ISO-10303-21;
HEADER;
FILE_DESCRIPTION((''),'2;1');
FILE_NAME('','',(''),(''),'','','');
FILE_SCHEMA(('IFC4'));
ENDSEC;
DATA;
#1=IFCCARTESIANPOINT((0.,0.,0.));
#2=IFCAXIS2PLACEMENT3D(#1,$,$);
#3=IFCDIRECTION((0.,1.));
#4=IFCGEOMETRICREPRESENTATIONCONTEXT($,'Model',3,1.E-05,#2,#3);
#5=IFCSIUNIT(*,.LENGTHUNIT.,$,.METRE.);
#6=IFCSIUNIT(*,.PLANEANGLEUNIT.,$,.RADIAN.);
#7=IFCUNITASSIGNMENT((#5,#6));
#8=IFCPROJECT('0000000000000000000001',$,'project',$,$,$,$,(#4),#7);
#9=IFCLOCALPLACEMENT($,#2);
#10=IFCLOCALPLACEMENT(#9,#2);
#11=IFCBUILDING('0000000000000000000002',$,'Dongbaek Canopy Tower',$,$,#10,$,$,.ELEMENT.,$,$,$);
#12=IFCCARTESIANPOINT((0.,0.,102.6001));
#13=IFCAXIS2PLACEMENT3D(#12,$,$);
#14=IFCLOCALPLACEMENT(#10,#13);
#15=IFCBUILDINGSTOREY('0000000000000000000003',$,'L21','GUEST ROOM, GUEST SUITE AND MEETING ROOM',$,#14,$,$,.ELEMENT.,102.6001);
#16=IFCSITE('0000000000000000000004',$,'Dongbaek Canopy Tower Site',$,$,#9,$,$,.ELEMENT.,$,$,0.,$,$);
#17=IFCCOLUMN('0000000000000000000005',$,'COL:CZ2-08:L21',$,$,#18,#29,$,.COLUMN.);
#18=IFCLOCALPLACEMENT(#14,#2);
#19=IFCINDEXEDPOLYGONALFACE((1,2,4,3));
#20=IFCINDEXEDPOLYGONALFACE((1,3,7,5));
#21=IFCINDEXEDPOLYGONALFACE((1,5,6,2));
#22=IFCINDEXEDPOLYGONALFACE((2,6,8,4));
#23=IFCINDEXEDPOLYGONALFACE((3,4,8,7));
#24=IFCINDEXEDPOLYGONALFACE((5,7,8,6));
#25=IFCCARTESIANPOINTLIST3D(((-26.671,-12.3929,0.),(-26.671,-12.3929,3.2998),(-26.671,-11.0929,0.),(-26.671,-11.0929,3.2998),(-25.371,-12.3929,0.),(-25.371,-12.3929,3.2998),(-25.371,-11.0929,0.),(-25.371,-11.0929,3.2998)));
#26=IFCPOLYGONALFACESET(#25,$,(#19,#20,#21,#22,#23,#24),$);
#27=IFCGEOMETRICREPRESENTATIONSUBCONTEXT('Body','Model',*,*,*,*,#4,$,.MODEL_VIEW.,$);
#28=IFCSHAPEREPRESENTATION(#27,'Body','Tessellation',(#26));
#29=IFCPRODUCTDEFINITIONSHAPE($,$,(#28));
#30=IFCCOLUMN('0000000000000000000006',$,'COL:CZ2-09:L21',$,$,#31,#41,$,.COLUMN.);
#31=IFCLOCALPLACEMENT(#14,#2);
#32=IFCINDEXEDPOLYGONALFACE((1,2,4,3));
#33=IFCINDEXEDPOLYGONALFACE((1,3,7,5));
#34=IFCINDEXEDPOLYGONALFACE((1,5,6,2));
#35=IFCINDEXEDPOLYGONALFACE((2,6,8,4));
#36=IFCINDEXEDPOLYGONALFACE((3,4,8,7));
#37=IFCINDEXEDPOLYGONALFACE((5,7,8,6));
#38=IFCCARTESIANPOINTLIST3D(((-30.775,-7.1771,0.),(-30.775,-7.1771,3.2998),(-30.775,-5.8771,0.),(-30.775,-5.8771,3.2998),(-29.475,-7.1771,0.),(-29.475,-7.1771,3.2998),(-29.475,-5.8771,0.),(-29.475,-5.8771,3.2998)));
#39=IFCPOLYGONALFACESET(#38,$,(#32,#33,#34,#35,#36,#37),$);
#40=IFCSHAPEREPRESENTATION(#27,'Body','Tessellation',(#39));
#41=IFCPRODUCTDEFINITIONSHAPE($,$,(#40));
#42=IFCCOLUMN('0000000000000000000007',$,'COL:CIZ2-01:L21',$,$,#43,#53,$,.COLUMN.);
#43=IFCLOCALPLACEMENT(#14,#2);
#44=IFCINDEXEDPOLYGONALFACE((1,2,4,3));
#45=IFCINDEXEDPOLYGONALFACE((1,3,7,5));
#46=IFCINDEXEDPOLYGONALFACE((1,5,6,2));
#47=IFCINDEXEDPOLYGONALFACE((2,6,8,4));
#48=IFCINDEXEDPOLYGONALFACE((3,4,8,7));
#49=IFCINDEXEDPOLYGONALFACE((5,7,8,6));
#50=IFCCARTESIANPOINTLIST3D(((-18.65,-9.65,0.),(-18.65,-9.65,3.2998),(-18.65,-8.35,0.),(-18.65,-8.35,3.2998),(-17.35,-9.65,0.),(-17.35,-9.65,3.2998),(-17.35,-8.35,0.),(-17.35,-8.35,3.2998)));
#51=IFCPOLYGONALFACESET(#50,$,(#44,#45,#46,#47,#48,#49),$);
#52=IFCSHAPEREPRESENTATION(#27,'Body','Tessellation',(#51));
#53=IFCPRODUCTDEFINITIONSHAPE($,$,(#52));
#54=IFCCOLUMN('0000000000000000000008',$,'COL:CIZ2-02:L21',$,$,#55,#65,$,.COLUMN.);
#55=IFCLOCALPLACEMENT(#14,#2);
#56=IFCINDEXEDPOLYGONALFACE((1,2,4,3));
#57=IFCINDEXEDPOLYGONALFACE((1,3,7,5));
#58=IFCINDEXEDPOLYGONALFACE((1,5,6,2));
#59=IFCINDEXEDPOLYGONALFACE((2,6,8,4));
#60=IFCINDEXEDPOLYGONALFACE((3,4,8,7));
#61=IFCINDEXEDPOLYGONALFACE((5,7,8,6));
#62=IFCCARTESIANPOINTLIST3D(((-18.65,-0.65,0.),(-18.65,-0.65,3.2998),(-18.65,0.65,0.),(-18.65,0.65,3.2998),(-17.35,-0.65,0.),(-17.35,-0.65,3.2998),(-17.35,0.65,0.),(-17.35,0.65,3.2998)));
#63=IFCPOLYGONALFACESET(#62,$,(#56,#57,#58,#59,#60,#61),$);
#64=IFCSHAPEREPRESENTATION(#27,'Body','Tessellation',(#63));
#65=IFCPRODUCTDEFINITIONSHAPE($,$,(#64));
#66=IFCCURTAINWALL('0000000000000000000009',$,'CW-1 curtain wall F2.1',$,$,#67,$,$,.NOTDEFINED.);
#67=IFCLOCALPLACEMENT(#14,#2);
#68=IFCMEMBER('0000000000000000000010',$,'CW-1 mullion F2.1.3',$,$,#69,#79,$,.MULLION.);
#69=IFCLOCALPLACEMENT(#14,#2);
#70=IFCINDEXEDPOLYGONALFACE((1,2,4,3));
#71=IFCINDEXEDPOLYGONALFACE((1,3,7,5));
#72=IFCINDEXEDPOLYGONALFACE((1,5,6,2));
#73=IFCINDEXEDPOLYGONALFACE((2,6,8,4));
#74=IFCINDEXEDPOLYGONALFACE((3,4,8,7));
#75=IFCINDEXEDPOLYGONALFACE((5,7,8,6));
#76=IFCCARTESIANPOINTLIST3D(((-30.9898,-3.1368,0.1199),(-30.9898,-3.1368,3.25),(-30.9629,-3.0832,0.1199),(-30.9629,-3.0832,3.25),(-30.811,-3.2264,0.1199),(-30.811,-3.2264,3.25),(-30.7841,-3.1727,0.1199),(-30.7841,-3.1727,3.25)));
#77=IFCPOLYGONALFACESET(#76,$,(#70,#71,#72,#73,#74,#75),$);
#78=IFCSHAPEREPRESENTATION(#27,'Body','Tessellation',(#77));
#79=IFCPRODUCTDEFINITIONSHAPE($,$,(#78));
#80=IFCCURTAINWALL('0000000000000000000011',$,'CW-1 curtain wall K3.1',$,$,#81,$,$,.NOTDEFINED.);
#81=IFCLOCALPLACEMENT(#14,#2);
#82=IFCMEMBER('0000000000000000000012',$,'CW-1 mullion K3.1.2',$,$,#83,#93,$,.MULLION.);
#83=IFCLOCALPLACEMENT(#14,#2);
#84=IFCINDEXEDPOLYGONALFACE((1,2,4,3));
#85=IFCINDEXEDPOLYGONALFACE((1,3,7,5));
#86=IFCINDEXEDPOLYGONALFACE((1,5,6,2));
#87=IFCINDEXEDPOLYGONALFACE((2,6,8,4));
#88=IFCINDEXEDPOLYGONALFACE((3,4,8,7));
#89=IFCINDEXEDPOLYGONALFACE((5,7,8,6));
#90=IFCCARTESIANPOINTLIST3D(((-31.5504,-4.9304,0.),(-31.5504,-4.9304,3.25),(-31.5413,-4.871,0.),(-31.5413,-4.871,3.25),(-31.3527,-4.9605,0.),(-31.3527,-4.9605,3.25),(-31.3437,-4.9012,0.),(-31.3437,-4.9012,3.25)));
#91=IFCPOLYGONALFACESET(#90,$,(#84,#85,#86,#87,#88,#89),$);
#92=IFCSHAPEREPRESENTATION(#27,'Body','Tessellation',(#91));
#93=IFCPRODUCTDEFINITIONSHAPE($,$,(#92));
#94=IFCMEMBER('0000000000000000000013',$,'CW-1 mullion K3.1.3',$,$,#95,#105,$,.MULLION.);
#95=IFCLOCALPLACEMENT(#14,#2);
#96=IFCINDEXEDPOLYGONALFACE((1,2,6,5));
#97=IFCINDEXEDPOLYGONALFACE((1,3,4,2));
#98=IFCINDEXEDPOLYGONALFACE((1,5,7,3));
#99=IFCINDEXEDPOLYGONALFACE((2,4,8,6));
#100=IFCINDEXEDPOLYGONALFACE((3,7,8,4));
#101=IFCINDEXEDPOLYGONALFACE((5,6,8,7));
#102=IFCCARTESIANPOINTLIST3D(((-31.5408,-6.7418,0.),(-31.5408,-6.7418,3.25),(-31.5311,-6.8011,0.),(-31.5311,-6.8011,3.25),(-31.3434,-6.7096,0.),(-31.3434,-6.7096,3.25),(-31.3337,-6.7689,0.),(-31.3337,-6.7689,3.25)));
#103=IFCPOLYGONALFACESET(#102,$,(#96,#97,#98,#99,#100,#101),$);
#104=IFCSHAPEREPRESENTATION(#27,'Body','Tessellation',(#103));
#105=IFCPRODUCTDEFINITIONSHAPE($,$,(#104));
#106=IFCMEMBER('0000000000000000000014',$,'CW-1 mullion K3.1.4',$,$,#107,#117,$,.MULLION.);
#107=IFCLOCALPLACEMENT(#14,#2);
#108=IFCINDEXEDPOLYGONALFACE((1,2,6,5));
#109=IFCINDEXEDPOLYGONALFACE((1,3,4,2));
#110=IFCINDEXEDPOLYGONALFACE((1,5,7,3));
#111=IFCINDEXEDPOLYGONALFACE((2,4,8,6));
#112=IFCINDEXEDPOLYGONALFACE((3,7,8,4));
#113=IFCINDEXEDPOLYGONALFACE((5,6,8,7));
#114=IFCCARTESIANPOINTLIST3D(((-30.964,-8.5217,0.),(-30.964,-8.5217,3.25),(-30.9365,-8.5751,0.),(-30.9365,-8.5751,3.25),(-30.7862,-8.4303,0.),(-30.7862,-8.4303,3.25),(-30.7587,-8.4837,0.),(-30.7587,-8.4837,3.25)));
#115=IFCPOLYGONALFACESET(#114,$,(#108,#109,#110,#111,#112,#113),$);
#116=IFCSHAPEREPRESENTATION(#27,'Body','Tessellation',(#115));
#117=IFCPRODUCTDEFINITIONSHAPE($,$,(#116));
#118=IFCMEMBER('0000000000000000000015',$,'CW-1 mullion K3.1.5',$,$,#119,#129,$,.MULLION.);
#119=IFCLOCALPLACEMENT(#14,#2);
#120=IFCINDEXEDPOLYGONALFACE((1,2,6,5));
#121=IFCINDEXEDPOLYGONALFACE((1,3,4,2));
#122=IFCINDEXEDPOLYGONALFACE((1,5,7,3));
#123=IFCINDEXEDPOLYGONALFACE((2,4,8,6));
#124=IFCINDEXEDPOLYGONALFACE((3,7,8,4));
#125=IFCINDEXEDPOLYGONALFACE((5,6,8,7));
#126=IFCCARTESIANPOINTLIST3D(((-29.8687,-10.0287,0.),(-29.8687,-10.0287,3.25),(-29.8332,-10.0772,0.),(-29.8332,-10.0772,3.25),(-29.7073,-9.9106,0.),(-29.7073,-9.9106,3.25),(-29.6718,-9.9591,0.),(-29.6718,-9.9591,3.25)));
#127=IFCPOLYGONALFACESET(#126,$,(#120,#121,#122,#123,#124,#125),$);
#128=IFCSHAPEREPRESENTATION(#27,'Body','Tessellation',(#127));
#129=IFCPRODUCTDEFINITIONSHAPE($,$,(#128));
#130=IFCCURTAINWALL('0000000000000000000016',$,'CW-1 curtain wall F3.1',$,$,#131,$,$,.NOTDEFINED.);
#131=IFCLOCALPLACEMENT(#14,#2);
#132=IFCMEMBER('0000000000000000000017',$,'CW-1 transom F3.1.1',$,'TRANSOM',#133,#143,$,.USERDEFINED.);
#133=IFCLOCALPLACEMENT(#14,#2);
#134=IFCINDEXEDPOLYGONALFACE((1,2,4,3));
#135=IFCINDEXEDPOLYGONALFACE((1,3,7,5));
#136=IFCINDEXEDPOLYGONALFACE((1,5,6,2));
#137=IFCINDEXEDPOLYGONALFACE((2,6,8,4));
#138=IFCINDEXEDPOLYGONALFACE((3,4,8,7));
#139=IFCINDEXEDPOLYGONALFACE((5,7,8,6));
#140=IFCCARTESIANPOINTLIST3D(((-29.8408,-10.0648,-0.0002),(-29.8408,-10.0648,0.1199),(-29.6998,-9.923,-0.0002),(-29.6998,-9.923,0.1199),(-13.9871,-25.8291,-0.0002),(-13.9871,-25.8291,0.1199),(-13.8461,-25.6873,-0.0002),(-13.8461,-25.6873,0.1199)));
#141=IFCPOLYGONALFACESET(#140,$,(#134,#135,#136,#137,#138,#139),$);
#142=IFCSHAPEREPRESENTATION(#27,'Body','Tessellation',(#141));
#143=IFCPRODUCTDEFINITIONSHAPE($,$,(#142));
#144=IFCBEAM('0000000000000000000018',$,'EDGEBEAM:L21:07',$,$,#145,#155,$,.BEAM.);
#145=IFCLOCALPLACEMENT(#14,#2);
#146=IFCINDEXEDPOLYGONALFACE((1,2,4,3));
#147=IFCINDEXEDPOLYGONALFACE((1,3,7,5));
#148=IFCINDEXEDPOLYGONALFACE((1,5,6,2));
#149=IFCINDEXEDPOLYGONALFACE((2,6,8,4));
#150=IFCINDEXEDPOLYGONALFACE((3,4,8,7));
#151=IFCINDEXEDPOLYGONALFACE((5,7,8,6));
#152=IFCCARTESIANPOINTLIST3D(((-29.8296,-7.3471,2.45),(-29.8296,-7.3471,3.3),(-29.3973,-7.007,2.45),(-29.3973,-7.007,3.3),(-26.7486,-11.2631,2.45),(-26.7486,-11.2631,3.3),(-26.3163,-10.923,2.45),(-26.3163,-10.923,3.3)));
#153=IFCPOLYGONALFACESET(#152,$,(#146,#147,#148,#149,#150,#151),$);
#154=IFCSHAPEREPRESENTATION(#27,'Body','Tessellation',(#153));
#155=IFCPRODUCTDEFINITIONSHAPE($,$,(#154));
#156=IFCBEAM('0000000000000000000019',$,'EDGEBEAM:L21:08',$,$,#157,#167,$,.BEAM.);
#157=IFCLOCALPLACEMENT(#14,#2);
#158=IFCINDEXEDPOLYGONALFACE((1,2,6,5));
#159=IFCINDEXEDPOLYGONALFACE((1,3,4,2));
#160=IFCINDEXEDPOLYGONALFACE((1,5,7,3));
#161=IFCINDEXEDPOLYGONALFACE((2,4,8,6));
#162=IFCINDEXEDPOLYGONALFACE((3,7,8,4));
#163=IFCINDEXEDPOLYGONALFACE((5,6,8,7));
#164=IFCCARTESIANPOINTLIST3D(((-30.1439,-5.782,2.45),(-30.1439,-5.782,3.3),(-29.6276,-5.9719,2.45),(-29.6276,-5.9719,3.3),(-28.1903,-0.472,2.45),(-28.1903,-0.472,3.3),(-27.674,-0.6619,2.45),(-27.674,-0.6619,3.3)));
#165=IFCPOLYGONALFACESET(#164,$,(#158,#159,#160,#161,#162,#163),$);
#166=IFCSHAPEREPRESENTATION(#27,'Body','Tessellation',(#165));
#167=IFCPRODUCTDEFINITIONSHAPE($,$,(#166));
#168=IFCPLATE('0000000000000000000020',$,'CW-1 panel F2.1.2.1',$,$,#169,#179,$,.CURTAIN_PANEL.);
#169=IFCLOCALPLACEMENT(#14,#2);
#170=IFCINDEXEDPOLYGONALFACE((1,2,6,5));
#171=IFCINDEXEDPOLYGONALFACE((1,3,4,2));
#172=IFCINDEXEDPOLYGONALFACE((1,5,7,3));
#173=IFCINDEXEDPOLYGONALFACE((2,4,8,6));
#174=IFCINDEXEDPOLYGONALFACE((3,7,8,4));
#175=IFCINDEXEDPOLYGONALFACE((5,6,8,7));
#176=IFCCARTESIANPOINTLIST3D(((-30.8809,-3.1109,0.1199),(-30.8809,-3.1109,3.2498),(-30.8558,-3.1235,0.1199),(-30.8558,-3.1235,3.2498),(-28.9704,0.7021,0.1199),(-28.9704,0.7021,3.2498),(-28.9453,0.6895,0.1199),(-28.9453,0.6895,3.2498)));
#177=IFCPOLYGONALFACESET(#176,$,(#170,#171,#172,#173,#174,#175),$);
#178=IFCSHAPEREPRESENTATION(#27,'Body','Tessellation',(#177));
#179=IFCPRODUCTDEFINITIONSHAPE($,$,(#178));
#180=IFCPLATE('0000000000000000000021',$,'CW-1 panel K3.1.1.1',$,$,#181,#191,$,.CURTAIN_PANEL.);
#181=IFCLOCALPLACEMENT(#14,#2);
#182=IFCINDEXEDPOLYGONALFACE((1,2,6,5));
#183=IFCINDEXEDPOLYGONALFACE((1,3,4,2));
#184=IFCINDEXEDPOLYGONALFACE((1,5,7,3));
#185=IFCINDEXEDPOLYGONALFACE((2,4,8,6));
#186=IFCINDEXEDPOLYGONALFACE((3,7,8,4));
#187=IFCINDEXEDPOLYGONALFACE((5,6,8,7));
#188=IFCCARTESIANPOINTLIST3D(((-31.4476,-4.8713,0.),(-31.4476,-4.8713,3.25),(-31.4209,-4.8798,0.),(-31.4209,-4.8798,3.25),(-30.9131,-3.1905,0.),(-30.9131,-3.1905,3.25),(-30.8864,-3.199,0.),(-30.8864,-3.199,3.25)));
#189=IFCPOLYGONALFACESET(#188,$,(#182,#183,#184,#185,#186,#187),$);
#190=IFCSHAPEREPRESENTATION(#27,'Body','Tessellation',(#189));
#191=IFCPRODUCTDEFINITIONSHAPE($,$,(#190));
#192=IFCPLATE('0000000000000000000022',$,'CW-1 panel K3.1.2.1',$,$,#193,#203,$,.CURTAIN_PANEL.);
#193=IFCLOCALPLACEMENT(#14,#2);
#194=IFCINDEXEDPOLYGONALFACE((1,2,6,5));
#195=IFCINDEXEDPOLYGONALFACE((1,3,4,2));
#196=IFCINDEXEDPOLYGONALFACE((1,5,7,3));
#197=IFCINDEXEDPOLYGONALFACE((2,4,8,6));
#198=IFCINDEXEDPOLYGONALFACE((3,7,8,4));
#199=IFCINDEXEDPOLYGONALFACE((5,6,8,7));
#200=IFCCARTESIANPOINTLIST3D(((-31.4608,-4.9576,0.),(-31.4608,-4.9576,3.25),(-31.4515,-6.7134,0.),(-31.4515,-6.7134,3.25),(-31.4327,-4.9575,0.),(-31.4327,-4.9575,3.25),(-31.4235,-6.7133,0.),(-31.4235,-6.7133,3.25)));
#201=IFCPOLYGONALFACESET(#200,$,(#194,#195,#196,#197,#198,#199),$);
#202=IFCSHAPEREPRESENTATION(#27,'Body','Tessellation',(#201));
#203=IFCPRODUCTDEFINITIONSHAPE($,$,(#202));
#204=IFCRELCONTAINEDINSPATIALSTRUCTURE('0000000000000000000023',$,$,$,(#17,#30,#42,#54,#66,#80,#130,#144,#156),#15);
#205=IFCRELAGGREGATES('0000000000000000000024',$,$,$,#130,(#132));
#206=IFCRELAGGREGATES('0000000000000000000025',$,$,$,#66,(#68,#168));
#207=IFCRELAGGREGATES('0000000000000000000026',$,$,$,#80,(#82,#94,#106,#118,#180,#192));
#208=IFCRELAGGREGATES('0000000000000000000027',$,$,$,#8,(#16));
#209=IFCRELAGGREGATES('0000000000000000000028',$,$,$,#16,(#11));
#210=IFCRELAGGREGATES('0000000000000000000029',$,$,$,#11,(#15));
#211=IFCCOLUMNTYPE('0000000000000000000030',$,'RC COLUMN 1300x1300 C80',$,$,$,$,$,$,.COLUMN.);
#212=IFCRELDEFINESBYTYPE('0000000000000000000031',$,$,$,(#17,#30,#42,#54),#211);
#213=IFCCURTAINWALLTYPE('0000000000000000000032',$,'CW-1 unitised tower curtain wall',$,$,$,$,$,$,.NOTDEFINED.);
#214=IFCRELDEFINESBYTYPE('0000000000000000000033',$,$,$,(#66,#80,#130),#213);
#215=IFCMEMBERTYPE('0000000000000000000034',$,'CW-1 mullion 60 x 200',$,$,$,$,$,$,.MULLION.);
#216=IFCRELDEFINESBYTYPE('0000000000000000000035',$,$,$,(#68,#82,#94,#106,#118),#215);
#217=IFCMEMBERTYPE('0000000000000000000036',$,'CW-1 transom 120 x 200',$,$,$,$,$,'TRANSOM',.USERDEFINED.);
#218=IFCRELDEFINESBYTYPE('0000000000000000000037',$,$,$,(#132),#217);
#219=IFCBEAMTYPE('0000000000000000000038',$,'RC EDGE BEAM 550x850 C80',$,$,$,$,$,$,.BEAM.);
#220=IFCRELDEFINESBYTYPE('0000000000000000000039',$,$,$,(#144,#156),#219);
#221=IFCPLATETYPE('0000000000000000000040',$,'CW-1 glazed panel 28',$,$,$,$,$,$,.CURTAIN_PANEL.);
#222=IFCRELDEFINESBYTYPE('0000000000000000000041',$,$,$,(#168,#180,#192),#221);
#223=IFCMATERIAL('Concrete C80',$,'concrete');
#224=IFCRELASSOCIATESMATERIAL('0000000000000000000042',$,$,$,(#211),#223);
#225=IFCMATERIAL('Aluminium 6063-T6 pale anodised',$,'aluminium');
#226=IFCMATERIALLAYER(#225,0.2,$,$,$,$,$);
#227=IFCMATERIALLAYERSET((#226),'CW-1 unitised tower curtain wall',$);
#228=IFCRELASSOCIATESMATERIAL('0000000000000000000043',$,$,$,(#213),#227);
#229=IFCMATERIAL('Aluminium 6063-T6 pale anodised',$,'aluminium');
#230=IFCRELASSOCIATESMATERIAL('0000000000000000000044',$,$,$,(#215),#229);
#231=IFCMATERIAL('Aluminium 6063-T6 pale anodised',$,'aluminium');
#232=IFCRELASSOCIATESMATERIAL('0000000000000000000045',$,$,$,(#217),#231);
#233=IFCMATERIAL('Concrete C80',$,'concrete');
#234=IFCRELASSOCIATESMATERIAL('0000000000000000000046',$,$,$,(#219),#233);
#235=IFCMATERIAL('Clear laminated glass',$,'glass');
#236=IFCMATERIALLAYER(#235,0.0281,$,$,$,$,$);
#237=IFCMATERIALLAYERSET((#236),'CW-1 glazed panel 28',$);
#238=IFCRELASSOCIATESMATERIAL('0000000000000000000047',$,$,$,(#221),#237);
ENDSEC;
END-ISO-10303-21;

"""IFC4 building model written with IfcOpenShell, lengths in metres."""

from ifc_helpers import new_model, si_unit, direction, frame, origin, origin_2d, place, context, subcontext, project, spatial, rectangle, extrude, material, layer, layer_set, material_profile, profile_set, type_object, element, aggregate, save


model = new_model("IFC4")

# Units and contexts
model_context = context("Model", 3, precision=1e-05, world=origin(), true_north=direction((0.0, 1.0)))
body_context = subcontext(model_context, "Body", "Model", "MODEL_VIEW")
ifc_project = project(units=[si_unit("LENGTHUNIT", "METRE"), si_unit("PLANEANGLEUNIT", "RADIAN")], contexts=[model_context])

# Site, building, storey
site_placement = place(None, origin())
site = spatial("IfcSite", under=ifc_project, at=site_placement, Name="Dongbaek Canopy Tower Site", CompositionType="ELEMENT", RefElevation=0.0)
building_placement = place(site_placement, origin())
building = spatial("IfcBuilding", under=site, at=building_placement, Name="Dongbaek Canopy Tower", CompositionType="ELEMENT")
storey_placement = place(building_placement, frame((0.0, 0.0, 102.6001)))
storey = spatial("IfcBuildingStorey", under=building, at=storey_placement, Name="L21", Description="GUEST ROOM, GUEST SUITE AND MEETING ROOM", CompositionType="ELEMENT", Elevation=102.6001)

# Columns
ifc_material_1 = material(Name="Concrete C80", Category="concrete")
ifc_material_profile_1 = material_profile(ifc_material_1, rectangle(XDim=1.3, YDim=1.3, at=origin_2d()), Name="RC COLUMN 1300x1300 C80")
ifc_profile_set_1 = profile_set([ifc_material_profile_1], Name="Concrete C80")
column_type = type_object("IfcColumnType", Name="RC COLUMN 1300x1300 C80", PredefinedType="COLUMN", material=ifc_profile_set_1)
for number, where, z_axis, x_axis, name in (
    (1, (-26.021, -11.7429, 0.0), (0.0, 0.0, 1.0), (1.0, 0.0, 0.0), "COL:CZ2-08:L21"),
    (2, (-30.125, -6.5271, 0.0), (0.0, 0.0, 1.0), (1.0, 0.0, 0.0), "COL:CZ2-09:L21"),
    (3, (-18.0, -9.0, 0.0), (0.0, 0.0, 1.0), (1.0, 0.0, 0.0), "COL:CIZ2-01:L21"),
    (4, (-18.0, 0.0, 0.0), (0.0, 0.0, 1.0), (1.0, 0.0, 0.0), "COL:CIZ2-02:L21"),
):
    element("IfcColumn", number, at=place(storey_placement, frame(where, z_axis=z_axis, x_axis=x_axis)), inside=storey, type_object=column_type, Name=name, PredefinedType="COLUMN", context=body_context, shape_type="SweptSolid", body=[
        extrude(rectangle(XDim=1.3, YDim=1.3, at=origin_2d()), origin(), (0.0, 0.0, 1.0), 3.2998),
    ])

# Curtain wall, member
ifc_material_2 = material(Name="Aluminium 6063-T6 pale anodised", Category="aluminium")
ifc_layer_1 = layer(ifc_material_2, 0.2)
ifc_layer_set_1 = layer_set([ifc_layer_1], Name="CW-1 unitised tower curtain wall")
curtain_wall_type = type_object("IfcCurtainWallType", Name="CW-1 unitised tower curtain wall", PredefinedType="NOTDEFINED", material=ifc_layer_set_1)
curtain_wall_1_placement = place(storey_placement, origin())
curtain_wall_1 = element("IfcCurtainWall", 5, at=curtain_wall_1_placement, inside=storey, type_object=curtain_wall_type, Name="CW-1 curtain wall F2.1", PredefinedType="NOTDEFINED")
ifc_material_3 = material(Name="Aluminium 6063-T6 pale anodised", Category="aluminium")
ifc_material_profile_2 = material_profile(ifc_material_3, rectangle(XDim=0.2, YDim=0.0601, at=origin_2d()), Name="CW-1 mullion 60 x 200")
ifc_profile_set_2 = profile_set([ifc_material_profile_2], Name="Aluminium 6063-T6 pale anodised")
member_type_1 = type_object("IfcMemberType", Name="CW-1 mullion 60 x 200", PredefinedType="MULLION", material=ifc_profile_set_2)
member_1_placement = place(storey_placement, frame((-30.887, -3.1548, 0.1199), z_axis=(0.0, 0.0, 1.0), x_axis=(-0.894056, 0.447956, 0.0)))
member_1 = element("IfcMember", 6, at=member_1_placement, type_object=member_type_1, Name="CW-1 mullion F2.1.3", PredefinedType="MULLION", context=body_context, shape_type="SweptSolid", body=[
    extrude(rectangle(XDim=0.2, YDim=0.0601, at=origin_2d()), origin(), (0.0, 0.0, 1.0), 3.1301),
])

# Curtain wall, members
curtain_wall_2_placement = place(storey_placement, origin())
curtain_wall_2 = element("IfcCurtainWall", 7, at=curtain_wall_2_placement, inside=storey, type_object=curtain_wall_type, Name="CW-1 curtain wall K3.1", PredefinedType="NOTDEFINED")
member_2_placement = place(storey_placement, frame((-31.447, -4.9158, 0.0), z_axis=(0.0, 0.0, 1.0), x_axis=(-0.988576, 0.150725, 0.0)))
member_2 = element("IfcMember", 8, at=member_2_placement, type_object=member_type_1, Name="CW-1 mullion K3.1.2", PredefinedType="MULLION", context=body_context, shape_type="SweptSolid", body=[
    extrude(rectangle(XDim=0.2, YDim=0.0601, at=origin_2d()), origin(), (0.0, 0.0, 1.0), 3.25),
])
member_3_placement = place(storey_placement, frame((-31.4373, -6.7554, 0.0), z_axis=(0.0, 0.0, 1.0), x_axis=(-0.986927, -0.161168, 0.0)))
member_3 = element("IfcMember", 9, at=member_3_placement, type_object=member_type_1, Name="CW-1 mullion K3.1.3", PredefinedType="MULLION", context=body_context, shape_type="SweptSolid", body=[
    extrude(rectangle(XDim=0.2, YDim=0.0601, at=origin_2d()), origin(), (0.0, 0.0, 1.0), 3.25),
])
member_4_placement = place(storey_placement, frame((-30.8613, -8.5027, 0.0), z_axis=(0.0, 0.0, 1.0), x_axis=(-0.88927, -0.457382, 0.0)))
member_4 = element("IfcMember", 10, at=member_4_placement, type_object=member_type_1, Name="CW-1 mullion K3.1.4", PredefinedType="MULLION", context=body_context, shape_type="SweptSolid", body=[
    extrude(rectangle(XDim=0.2, YDim=0.0601, at=origin_2d()), origin(), (0.0, 0.0, 1.0), 3.25),
])
member_5_placement = place(storey_placement, frame((-29.7703, -9.9939, 0.0), z_axis=(0.0, 0.0, 1.0), x_axis=(-0.807062, -0.590467, 0.0)))
member_5 = element("IfcMember", 11, at=member_5_placement, type_object=member_type_1, Name="CW-1 mullion K3.1.5", PredefinedType="MULLION", context=body_context, shape_type="SweptSolid", body=[
    extrude(rectangle(XDim=0.2, YDim=0.0601, at=origin_2d()), origin(), (0.0, 0.0, 1.0), 3.25),
])

# Curtain wall, member
curtain_wall_3_placement = place(storey_placement, origin())
curtain_wall_3 = element("IfcCurtainWall", 12, at=curtain_wall_3_placement, inside=storey, type_object=curtain_wall_type, Name="CW-1 curtain wall F3.1", PredefinedType="NOTDEFINED")
ifc_material_4 = material(Name="Aluminium 6063-T6 pale anodised", Category="aluminium")
ifc_material_profile_3 = material_profile(ifc_material_4, rectangle(XDim=0.2, YDim=0.1201, at=origin_2d()), Name="CW-1 transom 120 x 200")
ifc_profile_set_3 = profile_set([ifc_material_profile_3], Name="Aluminium 6063-T6 pale anodised")
member_type_2 = type_object("IfcMemberType", Name="CW-1 transom 120 x 200", ElementType="TRANSOM", PredefinedType="USERDEFINED", material=ifc_profile_set_3)
member_6_placement = place(storey_placement, frame((-29.7703, -9.9939, 0.0598), z_axis=(0.709102, -0.705106, 0.0), x_axis=(0.705106, 0.709102, 0.0)))
member_6 = element("IfcMember", 13, at=member_6_placement, type_object=member_type_2, Name="CW-1 transom F3.1.1", ObjectType="TRANSOM", PredefinedType="USERDEFINED", context=body_context, shape_type="SweptSolid", body=[
    extrude(rectangle(XDim=0.2, YDim=0.1201, at=origin_2d()), origin(), (0.0, 0.0, 1.0), 22.3574),
])

# Beams
ifc_material_5 = material(Name="Concrete C80", Category="concrete")
ifc_material_profile_4 = material_profile(ifc_material_5, rectangle(XDim=0.55, YDim=0.8501, at=origin_2d()), Name="RC EDGE BEAM 550x850 C80")
ifc_profile_set_4 = profile_set([ifc_material_profile_4], Name="Concrete C80")
beam_type = type_object("IfcBeamType", Name="RC EDGE BEAM 550x850 C80", PredefinedType="BEAM", material=ifc_profile_set_4)
beam_1_placement = place(storey_placement, frame((-26.5325, -11.093, 2.875), z_axis=(-0.618341, 0.78591, 0.0), x_axis=(-0.78591, -0.618341, 0.0)))
element("IfcBeam", 14, at=beam_1_placement, inside=storey, type_object=beam_type, Name="EDGEBEAM:L21:07", PredefinedType="BEAM", context=body_context, shape_type="SweptSolid", body=[
    extrude(rectangle(XDim=0.55, YDim=0.8501, at=origin_2d()), origin(), (0.0, 0.0, 1.0), 4.9827),
])
beam_2_placement = place(storey_placement, frame((-29.8857, -5.877, 2.875), z_axis=(0.345281, 0.938499, 0.0), x_axis=(-0.938499, 0.345281, 0.0)))
element("IfcBeam", 15, at=beam_2_placement, inside=storey, type_object=beam_type, Name="EDGEBEAM:L21:08", PredefinedType="BEAM", context=body_context, shape_type="SweptSolid", body=[
    extrude(rectangle(XDim=0.55, YDim=0.8501, at=origin_2d()), origin(), (0.0, 0.0, 1.0), 5.658),
])

# Plates
ifc_material_6 = material(Name="Clear laminated glass", Category="glass")
ifc_layer_2 = layer(ifc_material_6, 0.0281)
ifc_layer_set_2 = layer_set([ifc_layer_2], Name="CW-1 glazed panel 28")
plate_type = type_object("IfcPlateType", Name="CW-1 glazed panel 28", PredefinedType="CURTAIN_PANEL", material=ifc_layer_set_2)
plate_1_placement = place(storey_placement, frame((-29.9131, -1.2107, 0.1199), z_axis=(0.0, 0.0, 1.0), x_axis=(-0.447956, -0.894056, 0.0)))
plate_1 = element("IfcPlate", 16, at=plate_1_placement, type_object=plate_type, Name="CW-1 panel F2.1.2.1", PredefinedType="CURTAIN_PANEL", context=body_context, shape_type="SweptSolid", body=[
    extrude(rectangle(XDim=4.2649, YDim=0.0281, at=origin_2d()), origin(), (0.0, 0.0, 1.0), 3.1299),
])
plate_2_placement = place(storey_placement, frame((-31.167, -4.0352, 0.0), z_axis=(0.0, 0.0, 1.0), x_axis=(-0.303048, -0.952975, 0.0)))
plate_2 = element("IfcPlate", 17, at=plate_2_placement, type_object=plate_type, Name="CW-1 panel K3.1.1.1", PredefinedType="CURTAIN_PANEL", context=body_context, shape_type="SweptSolid", body=[
    extrude(rectangle(XDim=1.7637, YDim=0.0281, at=origin_2d()), origin(), (0.0, 0.0, 1.0), 3.25),
])
plate_3_placement = place(storey_placement, frame((-31.4421, -5.8354, 0.0), z_axis=(0.0, 0.0, 1.0), x_axis=(0.005286, -0.999986, 0.0)))
plate_3 = element("IfcPlate", 18, at=plate_3_placement, type_object=plate_type, Name="CW-1 panel K3.1.2.1", PredefinedType="CURTAIN_PANEL", context=body_context, shape_type="SweptSolid", body=[
    extrude(rectangle(XDim=1.7559, YDim=0.0281, at=origin_2d()), origin(), (0.0, 0.0, 1.0), 3.25),
])
aggregate(curtain_wall_3, [member_6])

aggregate(curtain_wall_1, [member_1, plate_1])
aggregate(curtain_wall_2, [member_2, member_3, member_4, member_5, plate_2, plate_3])

save(model, "model.ifc")
